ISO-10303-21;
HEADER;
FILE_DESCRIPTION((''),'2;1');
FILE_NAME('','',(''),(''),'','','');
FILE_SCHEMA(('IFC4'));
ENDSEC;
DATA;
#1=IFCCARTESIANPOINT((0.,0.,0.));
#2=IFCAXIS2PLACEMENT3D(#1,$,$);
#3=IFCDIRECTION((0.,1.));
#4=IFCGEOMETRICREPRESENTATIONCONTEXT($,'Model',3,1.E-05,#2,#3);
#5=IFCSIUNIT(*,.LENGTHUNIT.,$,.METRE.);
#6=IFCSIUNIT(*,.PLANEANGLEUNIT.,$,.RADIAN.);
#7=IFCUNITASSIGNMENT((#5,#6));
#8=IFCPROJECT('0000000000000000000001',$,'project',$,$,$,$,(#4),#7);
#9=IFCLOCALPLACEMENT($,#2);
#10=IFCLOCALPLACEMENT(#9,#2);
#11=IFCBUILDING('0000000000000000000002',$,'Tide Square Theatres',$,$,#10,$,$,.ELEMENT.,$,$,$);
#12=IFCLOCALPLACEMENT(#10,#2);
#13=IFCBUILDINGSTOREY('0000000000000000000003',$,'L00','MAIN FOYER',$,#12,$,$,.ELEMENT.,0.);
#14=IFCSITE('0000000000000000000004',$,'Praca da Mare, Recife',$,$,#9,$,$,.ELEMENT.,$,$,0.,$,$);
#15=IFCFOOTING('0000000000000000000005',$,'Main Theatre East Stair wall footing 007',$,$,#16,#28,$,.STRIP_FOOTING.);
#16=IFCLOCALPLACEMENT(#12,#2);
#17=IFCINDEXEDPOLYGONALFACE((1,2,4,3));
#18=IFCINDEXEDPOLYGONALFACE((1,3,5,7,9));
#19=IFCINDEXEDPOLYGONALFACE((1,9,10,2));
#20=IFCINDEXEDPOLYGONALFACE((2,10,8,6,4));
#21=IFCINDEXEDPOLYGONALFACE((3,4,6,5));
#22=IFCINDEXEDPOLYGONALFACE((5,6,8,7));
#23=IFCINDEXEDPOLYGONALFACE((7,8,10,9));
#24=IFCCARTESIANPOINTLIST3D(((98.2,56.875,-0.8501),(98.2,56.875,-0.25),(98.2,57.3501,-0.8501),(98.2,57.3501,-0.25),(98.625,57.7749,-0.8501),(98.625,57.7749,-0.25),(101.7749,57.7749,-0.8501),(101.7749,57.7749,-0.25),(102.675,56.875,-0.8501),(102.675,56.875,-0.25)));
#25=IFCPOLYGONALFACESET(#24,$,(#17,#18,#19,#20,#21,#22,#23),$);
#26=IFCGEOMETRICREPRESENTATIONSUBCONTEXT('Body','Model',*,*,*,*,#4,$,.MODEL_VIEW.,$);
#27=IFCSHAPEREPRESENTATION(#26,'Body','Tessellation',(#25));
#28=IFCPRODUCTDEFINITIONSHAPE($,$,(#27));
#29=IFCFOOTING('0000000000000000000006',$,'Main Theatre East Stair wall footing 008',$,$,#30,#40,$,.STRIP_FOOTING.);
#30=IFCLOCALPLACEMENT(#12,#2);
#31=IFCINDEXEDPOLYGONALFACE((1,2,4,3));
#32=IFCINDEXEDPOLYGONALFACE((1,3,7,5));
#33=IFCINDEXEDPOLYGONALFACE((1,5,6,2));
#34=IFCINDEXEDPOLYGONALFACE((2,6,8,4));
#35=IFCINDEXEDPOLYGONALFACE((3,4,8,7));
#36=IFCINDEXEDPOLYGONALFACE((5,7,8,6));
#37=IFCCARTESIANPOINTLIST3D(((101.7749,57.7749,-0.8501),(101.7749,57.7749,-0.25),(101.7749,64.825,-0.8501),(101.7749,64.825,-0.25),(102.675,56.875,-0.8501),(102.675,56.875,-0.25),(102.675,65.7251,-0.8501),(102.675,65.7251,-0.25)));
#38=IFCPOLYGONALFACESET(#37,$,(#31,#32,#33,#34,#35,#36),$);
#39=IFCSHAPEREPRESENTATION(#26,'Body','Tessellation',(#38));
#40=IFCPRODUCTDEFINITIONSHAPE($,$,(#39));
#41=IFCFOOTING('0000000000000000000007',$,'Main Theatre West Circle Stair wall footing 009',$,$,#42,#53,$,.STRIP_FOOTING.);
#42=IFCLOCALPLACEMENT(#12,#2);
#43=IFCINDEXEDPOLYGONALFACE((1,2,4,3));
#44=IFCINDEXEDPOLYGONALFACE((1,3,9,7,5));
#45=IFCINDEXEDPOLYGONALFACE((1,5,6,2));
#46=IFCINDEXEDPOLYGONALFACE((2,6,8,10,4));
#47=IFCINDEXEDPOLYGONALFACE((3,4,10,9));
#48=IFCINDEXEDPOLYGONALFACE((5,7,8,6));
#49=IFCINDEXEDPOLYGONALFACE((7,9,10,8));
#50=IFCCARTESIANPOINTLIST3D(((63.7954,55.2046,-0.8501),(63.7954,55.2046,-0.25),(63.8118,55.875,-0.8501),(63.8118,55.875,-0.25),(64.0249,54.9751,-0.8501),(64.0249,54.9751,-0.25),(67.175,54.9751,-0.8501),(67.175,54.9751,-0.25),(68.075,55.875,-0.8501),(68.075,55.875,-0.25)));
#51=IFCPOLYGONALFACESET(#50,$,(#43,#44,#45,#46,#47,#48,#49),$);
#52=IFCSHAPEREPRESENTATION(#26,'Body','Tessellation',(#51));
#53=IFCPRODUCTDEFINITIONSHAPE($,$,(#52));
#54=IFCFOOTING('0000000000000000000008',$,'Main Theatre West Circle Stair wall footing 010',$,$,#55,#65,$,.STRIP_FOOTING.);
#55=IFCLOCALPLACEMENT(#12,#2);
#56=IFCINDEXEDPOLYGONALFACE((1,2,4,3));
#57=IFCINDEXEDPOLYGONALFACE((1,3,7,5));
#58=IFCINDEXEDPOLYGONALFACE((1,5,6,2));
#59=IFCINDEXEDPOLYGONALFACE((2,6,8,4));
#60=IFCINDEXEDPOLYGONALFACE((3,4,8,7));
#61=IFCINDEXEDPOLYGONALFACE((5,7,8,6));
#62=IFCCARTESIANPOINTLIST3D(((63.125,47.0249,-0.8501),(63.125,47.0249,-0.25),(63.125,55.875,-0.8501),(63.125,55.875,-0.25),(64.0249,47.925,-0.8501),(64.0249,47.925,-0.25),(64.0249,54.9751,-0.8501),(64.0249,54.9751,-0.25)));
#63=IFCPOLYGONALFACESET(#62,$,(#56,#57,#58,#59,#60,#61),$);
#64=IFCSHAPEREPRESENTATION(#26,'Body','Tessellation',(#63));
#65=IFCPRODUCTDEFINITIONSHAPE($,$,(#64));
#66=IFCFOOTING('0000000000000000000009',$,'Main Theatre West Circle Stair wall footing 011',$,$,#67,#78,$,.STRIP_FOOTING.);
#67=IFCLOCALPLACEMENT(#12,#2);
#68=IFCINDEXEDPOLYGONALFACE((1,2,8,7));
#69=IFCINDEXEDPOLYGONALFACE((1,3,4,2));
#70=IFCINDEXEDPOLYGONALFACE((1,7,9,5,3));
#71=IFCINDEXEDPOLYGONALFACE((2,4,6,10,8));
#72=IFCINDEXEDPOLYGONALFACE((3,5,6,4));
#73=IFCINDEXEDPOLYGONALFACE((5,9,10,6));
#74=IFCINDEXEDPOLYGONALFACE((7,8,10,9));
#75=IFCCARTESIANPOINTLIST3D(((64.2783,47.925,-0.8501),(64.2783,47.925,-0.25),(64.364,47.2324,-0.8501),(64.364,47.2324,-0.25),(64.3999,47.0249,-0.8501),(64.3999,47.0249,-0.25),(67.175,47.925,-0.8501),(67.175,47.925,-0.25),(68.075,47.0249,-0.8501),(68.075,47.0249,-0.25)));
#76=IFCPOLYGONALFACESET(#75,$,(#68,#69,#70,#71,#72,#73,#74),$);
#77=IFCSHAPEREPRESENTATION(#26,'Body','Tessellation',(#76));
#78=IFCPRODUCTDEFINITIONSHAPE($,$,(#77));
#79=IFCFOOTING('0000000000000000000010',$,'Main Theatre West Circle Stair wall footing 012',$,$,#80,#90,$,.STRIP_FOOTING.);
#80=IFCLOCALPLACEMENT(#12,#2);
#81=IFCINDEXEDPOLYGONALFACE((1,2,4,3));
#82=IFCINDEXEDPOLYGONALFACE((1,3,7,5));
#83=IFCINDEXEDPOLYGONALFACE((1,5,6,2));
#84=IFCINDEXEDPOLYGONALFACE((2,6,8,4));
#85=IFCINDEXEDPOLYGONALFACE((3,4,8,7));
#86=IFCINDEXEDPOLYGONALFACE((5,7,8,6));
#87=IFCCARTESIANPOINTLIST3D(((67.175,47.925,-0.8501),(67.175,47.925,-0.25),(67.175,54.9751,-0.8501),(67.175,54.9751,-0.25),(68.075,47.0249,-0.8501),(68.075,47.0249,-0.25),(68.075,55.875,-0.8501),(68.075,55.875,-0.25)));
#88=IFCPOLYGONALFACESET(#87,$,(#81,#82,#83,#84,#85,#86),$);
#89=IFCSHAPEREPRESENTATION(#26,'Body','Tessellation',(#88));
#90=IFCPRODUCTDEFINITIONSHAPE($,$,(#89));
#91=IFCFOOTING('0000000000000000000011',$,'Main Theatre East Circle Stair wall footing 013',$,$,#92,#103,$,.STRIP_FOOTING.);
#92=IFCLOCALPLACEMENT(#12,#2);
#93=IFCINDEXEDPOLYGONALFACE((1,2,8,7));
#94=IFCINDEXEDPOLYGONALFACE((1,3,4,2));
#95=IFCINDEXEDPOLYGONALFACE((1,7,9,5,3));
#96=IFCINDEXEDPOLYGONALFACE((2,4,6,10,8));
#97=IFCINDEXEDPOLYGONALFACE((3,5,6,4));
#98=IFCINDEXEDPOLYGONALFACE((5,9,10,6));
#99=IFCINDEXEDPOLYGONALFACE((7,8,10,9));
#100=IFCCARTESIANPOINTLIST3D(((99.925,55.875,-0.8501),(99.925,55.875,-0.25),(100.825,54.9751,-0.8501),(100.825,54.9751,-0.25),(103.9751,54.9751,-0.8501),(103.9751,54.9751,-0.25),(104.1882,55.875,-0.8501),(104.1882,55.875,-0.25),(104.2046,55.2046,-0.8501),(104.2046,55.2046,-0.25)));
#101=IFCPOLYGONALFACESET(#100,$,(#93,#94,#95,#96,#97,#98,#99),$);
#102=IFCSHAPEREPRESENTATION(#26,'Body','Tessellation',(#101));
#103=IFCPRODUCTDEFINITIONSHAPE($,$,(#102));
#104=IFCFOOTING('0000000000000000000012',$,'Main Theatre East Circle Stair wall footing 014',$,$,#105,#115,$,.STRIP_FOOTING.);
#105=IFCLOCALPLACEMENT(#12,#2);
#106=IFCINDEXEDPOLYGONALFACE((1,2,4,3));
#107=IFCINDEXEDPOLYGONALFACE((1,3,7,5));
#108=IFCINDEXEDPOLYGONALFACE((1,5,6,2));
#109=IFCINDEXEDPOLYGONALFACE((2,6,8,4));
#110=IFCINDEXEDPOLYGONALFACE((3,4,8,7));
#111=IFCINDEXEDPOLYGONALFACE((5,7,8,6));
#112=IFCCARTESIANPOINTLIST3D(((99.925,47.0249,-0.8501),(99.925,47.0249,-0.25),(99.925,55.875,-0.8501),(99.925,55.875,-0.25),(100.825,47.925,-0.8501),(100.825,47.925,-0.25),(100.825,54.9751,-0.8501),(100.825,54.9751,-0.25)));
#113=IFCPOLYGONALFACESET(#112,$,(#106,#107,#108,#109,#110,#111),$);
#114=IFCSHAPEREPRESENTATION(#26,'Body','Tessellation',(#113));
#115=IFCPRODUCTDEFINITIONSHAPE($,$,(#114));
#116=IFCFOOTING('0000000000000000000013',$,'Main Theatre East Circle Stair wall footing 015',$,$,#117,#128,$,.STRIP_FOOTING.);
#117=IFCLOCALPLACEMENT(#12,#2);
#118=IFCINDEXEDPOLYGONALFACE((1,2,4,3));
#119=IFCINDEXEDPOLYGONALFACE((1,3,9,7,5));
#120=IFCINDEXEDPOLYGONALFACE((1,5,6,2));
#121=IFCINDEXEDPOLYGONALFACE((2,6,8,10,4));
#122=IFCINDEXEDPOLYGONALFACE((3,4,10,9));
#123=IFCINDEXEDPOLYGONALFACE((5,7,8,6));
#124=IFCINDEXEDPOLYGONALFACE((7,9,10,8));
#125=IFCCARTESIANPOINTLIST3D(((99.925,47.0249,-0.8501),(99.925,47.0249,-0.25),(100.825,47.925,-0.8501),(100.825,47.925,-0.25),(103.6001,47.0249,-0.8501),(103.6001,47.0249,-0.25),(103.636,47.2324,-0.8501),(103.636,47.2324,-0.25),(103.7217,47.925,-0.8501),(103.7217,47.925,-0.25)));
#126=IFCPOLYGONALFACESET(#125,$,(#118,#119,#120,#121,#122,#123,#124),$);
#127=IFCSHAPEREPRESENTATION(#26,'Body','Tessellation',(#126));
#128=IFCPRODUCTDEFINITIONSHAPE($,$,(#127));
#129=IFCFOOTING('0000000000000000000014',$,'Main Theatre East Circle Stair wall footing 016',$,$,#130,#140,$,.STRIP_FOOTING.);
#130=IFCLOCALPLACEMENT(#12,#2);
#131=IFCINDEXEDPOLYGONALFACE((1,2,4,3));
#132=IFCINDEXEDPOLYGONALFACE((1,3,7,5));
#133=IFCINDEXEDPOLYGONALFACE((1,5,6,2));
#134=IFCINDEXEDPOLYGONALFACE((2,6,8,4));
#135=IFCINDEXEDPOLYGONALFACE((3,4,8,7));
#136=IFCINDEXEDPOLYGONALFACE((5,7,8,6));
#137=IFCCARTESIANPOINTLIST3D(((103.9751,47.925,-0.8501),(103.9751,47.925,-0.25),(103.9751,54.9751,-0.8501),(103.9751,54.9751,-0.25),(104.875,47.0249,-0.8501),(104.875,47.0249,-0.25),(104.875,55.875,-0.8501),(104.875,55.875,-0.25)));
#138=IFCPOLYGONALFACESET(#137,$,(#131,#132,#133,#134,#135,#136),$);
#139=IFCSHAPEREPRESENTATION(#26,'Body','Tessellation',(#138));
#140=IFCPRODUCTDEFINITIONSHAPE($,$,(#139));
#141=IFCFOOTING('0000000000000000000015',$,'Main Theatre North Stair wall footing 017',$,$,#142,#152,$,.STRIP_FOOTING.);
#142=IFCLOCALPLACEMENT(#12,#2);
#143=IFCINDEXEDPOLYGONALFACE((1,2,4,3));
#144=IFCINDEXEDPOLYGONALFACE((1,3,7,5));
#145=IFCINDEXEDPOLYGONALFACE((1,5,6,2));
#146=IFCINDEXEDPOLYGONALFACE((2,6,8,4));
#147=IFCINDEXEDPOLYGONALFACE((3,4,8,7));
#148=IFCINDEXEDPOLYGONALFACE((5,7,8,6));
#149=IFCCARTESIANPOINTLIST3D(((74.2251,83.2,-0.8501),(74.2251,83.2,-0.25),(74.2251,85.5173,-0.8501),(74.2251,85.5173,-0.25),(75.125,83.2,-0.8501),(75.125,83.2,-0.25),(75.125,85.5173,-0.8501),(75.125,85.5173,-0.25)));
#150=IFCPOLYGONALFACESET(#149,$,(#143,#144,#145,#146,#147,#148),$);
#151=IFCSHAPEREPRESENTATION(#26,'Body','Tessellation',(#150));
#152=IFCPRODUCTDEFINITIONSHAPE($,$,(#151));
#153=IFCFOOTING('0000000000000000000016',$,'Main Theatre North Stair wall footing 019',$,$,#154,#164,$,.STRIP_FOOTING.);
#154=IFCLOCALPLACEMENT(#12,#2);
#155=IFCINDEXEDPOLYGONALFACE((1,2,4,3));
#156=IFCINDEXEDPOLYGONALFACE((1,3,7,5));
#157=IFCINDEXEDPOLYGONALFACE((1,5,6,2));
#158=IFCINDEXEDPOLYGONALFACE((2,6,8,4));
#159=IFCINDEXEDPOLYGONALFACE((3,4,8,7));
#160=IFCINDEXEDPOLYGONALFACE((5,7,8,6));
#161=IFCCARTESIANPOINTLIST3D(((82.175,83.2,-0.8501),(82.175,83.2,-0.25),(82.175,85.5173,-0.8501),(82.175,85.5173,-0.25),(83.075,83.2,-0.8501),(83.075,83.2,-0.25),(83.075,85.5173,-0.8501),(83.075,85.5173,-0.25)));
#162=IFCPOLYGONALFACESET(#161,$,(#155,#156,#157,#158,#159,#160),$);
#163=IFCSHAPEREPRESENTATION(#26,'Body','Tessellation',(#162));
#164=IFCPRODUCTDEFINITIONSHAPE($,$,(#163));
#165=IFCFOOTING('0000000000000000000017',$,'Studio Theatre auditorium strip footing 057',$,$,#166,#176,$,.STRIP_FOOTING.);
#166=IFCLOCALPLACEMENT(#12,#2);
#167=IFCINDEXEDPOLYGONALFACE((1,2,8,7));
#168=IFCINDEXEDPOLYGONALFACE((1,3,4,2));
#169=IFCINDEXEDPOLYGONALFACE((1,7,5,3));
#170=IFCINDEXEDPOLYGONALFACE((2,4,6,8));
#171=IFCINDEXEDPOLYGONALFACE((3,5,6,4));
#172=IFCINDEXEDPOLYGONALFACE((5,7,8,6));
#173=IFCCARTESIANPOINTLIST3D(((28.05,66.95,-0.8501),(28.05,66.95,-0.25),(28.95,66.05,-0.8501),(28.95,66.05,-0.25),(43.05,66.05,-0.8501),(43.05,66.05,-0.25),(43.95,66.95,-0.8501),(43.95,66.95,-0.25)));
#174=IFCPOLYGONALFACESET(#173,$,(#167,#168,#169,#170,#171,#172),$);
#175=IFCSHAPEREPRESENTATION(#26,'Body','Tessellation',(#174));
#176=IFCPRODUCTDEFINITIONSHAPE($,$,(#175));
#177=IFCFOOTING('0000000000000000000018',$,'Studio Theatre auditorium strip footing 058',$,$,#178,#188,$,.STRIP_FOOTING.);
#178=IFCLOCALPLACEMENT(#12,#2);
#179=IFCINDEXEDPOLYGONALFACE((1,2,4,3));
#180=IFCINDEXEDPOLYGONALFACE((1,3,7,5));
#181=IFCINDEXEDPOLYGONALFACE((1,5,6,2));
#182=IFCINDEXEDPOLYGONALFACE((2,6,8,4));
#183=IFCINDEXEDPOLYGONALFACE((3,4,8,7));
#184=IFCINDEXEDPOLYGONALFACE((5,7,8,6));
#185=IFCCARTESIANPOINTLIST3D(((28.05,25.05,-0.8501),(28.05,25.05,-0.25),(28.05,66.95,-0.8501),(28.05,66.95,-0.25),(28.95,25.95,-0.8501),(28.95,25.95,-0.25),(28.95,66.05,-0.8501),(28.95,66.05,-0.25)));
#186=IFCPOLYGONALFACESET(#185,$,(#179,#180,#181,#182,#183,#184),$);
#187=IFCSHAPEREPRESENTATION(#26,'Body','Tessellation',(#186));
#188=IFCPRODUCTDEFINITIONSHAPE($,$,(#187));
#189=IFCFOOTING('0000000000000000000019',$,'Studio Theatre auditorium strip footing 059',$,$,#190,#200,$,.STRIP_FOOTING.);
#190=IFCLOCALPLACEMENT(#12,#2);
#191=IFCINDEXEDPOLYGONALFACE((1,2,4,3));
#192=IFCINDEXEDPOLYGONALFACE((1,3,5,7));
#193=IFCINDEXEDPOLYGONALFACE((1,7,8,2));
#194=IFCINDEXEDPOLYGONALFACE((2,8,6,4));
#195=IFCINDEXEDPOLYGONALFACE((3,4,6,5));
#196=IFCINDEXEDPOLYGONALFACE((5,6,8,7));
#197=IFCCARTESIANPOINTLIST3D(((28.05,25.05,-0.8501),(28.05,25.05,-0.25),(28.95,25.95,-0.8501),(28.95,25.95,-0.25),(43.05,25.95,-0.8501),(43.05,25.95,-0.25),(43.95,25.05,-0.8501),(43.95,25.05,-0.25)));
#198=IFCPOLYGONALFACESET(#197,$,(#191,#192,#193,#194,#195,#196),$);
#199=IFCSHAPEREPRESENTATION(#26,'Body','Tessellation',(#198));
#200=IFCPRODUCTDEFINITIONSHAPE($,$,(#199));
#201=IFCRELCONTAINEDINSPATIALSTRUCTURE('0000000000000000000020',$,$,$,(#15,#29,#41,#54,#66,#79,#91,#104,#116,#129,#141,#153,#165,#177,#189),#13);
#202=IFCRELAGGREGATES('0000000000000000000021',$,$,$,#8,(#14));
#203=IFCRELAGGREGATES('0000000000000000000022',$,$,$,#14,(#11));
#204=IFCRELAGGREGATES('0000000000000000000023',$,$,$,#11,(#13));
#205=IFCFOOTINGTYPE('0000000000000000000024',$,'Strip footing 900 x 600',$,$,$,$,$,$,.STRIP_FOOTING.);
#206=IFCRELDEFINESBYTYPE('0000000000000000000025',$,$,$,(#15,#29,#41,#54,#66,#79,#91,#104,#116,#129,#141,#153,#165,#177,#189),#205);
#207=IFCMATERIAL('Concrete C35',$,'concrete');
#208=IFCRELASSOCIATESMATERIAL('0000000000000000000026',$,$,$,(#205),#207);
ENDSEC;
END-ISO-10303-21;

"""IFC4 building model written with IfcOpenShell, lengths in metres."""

from ifc_helpers import new_model, si_unit, direction, frame, origin, place, context, subcontext, project, spatial, polyline, outline, extrude, material, type_object, element, save


model = new_model("IFC4")

# Units and contexts
model_context = context("Model", 3, precision=1e-05, world=origin(), true_north=direction((0.0, 1.0)))
body_context = subcontext(model_context, "Body", "Model", "MODEL_VIEW")
ifc_project = project(units=[si_unit("LENGTHUNIT", "METRE"), si_unit("PLANEANGLEUNIT", "RADIAN")], contexts=[model_context])

# Site, building, storey
site_placement = place(None, origin())
site = spatial("IfcSite", under=ifc_project, at=site_placement, Name="Praca da Mare, Recife", CompositionType="ELEMENT", RefElevation=0.0)
building_placement = place(site_placement, origin())
building = spatial("IfcBuilding", under=site, at=building_placement, Name="Tide Square Theatres", CompositionType="ELEMENT")
storey_placement = place(building_placement, origin())
storey = spatial("IfcBuildingStorey", under=building, at=storey_placement, Name="L00", Description="MAIN FOYER", CompositionType="ELEMENT", Elevation=0.0)

# Footings
ifc_material = material(Name="Concrete C35", Category="concrete")
footing_type = type_object("IfcFootingType", Name="Strip footing 900 x 600", PredefinedType="STRIP_FOOTING", material=ifc_material)
footing_1_placement = place(storey_placement, frame((0.0, 0.0, -0.8501)))
element("IfcFooting", 1, at=footing_1_placement, inside=storey, type_object=footing_type, Name="Main Theatre East Stair wall footing 007", PredefinedType="STRIP_FOOTING", context=body_context, shape_type="SweptSolid", body=[
    extrude(outline(polyline([(98.625, 57.7749), (101.7749, 57.7749), (102.675, 56.875), (98.2, 56.875), (98.2, 57.3501), (98.625, 57.7749)])), origin(), (0.0, 0.0, 1.0), 0.6001),
])
footing_2_placement = place(storey_placement, frame((0.0, 0.0, -0.8501)))
element("IfcFooting", 2, at=footing_2_placement, inside=storey, type_object=footing_type, Name="Main Theatre East Stair wall footing 008", PredefinedType="STRIP_FOOTING", context=body_context, shape_type="SweptSolid", body=[
    extrude(outline(polyline([(102.675, 56.875), (102.675, 65.7251), (101.7749, 64.825), (101.7749, 57.7749), (102.675, 56.875)])), origin(), (0.0, 0.0, 1.0), 0.6001),
])
footing_3_placement = place(storey_placement, frame((0.0, 0.0, -0.8501)))
element("IfcFooting", 3, at=footing_3_placement, inside=storey, type_object=footing_type, Name="Main Theatre West Circle Stair wall footing 009", PredefinedType="STRIP_FOOTING", context=body_context, shape_type="SweptSolid", body=[
    extrude(outline(polyline([(68.075, 55.875), (67.175, 54.9751), (64.0249, 54.9751), (63.7954, 55.2046), (63.8118, 55.875), (68.075, 55.875)])), origin(), (0.0, 0.0, 1.0), 0.6001),
])
footing_4_placement = place(storey_placement, frame((0.0, 0.0, -0.8501)))
element("IfcFooting", 4, at=footing_4_placement, inside=storey, type_object=footing_type, Name="Main Theatre West Circle Stair wall footing 010", PredefinedType="STRIP_FOOTING", context=body_context, shape_type="SweptSolid", body=[
    extrude(outline(polyline([(63.125, 55.875), (63.125, 47.0249), (64.0249, 47.925), (64.0249, 54.9751), (63.125, 55.875)])), origin(), (0.0, 0.0, 1.0), 0.6001),
])
footing_5_placement = place(storey_placement, frame((0.0, 0.0, -0.8501)))
element("IfcFooting", 5, at=footing_5_placement, inside=storey, type_object=footing_type, Name="Main Theatre West Circle Stair wall footing 011", PredefinedType="STRIP_FOOTING", context=body_context, shape_type="SweptSolid", body=[
    extrude(outline(polyline([(67.175, 47.925), (68.075, 47.0249), (64.3999, 47.0249), (64.364, 47.2324), (64.2783, 47.925), (67.175, 47.925)])), origin(), (0.0, 0.0, 1.0), 0.6001),
])
footing_6_placement = place(storey_placement, frame((0.0, 0.0, -0.8501)))
element("IfcFooting", 6, at=footing_6_placement, inside=storey, type_object=footing_type, Name="Main Theatre West Circle Stair wall footing 012", PredefinedType="STRIP_FOOTING", context=body_context, shape_type="SweptSolid", body=[
    extrude(outline(polyline([(68.075, 47.0249), (68.075, 55.875), (67.175, 54.9751), (67.175, 47.925), (68.075, 47.0249)])), origin(), (0.0, 0.0, 1.0), 0.6001),
])
footing_7_placement = place(storey_placement, frame((0.0, 0.0, -0.8501)))
element("IfcFooting", 7, at=footing_7_placement, inside=storey, type_object=footing_type, Name="Main Theatre East Circle Stair wall footing 013", PredefinedType="STRIP_FOOTING", context=body_context, shape_type="SweptSolid", body=[
    extrude(outline(polyline([(103.9751, 54.9751), (100.825, 54.9751), (99.925, 55.875), (104.1882, 55.875), (104.2046, 55.2046), (103.9751, 54.9751)])), origin(), (0.0, 0.0, 1.0), 0.6001),
])
footing_8_placement = place(storey_placement, frame((0.0, 0.0, -0.8501)))
element("IfcFooting", 8, at=footing_8_placement, inside=storey, type_object=footing_type, Name="Main Theatre East Circle Stair wall footing 014", PredefinedType="STRIP_FOOTING", context=body_context, shape_type="SweptSolid", body=[
    extrude(outline(polyline([(99.925, 55.875), (99.925, 47.0249), (100.825, 47.925), (100.825, 54.9751), (99.925, 55.875)])), origin(), (0.0, 0.0, 1.0), 0.6001),
])
footing_9_placement = place(storey_placement, frame((0.0, 0.0, -0.8501)))
element("IfcFooting", 9, at=footing_9_placement, inside=storey, type_object=footing_type, Name="Main Theatre East Circle Stair wall footing 015", PredefinedType="STRIP_FOOTING", context=body_context, shape_type="SweptSolid", body=[
    extrude(outline(polyline([(99.925, 47.0249), (100.825, 47.925), (103.7217, 47.925), (103.636, 47.2324), (103.6001, 47.0249), (99.925, 47.0249)])), origin(), (0.0, 0.0, 1.0), 0.6001),
])
footing_10_placement = place(storey_placement, frame((0.0, 0.0, -0.8501)))
element("IfcFooting", 10, at=footing_10_placement, inside=storey, type_object=footing_type, Name="Main Theatre East Circle Stair wall footing 016", PredefinedType="STRIP_FOOTING", context=body_context, shape_type="SweptSolid", body=[
    extrude(outline(polyline([(104.875, 47.0249), (104.875, 55.875), (103.9751, 54.9751), (103.9751, 47.925), (104.875, 47.0249)])), origin(), (0.0, 0.0, 1.0), 0.6001),
])
footing_11_placement = place(storey_placement, frame((0.0, 0.0, -0.8501)))
element("IfcFooting", 11, at=footing_11_placement, inside=storey, type_object=footing_type, Name="Main Theatre North Stair wall footing 017", PredefinedType="STRIP_FOOTING", context=body_context, shape_type="SweptSolid", body=[
    extrude(outline(polyline([(74.2251, 85.5173), (75.125, 85.5173), (75.125, 83.2), (74.2251, 83.2), (74.2251, 85.5173)])), origin(), (0.0, 0.0, 1.0), 0.6001),
])
footing_12_placement = place(storey_placement, frame((0.0, 0.0, -0.8501)))
element("IfcFooting", 12, at=footing_12_placement, inside=storey, type_object=footing_type, Name="Main Theatre North Stair wall footing 019", PredefinedType="STRIP_FOOTING", context=body_context, shape_type="SweptSolid", body=[
    extrude(outline(polyline([(83.075, 83.2), (82.175, 83.2), (82.175, 85.5173), (83.075, 85.5173), (83.075, 83.2)])), origin(), (0.0, 0.0, 1.0), 0.6001),
])
footing_13_placement = place(storey_placement, frame((0.0, 0.0, -0.8501)))
element("IfcFooting", 13, at=footing_13_placement, inside=storey, type_object=footing_type, Name="Studio Theatre auditorium strip footing 057", PredefinedType="STRIP_FOOTING", context=body_context, shape_type="SweptSolid", body=[
    extrude(outline(polyline([(43.95, 66.95), (28.05, 66.95), (28.95, 66.05), (43.05, 66.05), (43.95, 66.95)])), origin(), (0.0, 0.0, 1.0), 0.6001),
])
footing_14_placement = place(storey_placement, frame((0.0, 0.0, -0.8501)))
element("IfcFooting", 14, at=footing_14_placement, inside=storey, type_object=footing_type, Name="Studio Theatre auditorium strip footing 058", PredefinedType="STRIP_FOOTING", context=body_context, shape_type="SweptSolid", body=[
    extrude(outline(polyline([(28.05, 66.95), (28.05, 25.05), (28.95, 25.95), (28.95, 66.05), (28.05, 66.95)])), origin(), (0.0, 0.0, 1.0), 0.6001),
])
footing_15_placement = place(storey_placement, frame((0.0, 0.0, -0.8501)))
element("IfcFooting", 15, at=footing_15_placement, inside=storey, type_object=footing_type, Name="Studio Theatre auditorium strip footing 059", PredefinedType="STRIP_FOOTING", context=body_context, shape_type="SweptSolid", body=[
    extrude(outline(polyline([(28.05, 25.05), (43.95, 25.05), (43.05, 25.95), (28.95, 25.95), (28.05, 25.05)])), origin(), (0.0, 0.0, 1.0), 0.6001),
])

save(model, "model.ifc")
